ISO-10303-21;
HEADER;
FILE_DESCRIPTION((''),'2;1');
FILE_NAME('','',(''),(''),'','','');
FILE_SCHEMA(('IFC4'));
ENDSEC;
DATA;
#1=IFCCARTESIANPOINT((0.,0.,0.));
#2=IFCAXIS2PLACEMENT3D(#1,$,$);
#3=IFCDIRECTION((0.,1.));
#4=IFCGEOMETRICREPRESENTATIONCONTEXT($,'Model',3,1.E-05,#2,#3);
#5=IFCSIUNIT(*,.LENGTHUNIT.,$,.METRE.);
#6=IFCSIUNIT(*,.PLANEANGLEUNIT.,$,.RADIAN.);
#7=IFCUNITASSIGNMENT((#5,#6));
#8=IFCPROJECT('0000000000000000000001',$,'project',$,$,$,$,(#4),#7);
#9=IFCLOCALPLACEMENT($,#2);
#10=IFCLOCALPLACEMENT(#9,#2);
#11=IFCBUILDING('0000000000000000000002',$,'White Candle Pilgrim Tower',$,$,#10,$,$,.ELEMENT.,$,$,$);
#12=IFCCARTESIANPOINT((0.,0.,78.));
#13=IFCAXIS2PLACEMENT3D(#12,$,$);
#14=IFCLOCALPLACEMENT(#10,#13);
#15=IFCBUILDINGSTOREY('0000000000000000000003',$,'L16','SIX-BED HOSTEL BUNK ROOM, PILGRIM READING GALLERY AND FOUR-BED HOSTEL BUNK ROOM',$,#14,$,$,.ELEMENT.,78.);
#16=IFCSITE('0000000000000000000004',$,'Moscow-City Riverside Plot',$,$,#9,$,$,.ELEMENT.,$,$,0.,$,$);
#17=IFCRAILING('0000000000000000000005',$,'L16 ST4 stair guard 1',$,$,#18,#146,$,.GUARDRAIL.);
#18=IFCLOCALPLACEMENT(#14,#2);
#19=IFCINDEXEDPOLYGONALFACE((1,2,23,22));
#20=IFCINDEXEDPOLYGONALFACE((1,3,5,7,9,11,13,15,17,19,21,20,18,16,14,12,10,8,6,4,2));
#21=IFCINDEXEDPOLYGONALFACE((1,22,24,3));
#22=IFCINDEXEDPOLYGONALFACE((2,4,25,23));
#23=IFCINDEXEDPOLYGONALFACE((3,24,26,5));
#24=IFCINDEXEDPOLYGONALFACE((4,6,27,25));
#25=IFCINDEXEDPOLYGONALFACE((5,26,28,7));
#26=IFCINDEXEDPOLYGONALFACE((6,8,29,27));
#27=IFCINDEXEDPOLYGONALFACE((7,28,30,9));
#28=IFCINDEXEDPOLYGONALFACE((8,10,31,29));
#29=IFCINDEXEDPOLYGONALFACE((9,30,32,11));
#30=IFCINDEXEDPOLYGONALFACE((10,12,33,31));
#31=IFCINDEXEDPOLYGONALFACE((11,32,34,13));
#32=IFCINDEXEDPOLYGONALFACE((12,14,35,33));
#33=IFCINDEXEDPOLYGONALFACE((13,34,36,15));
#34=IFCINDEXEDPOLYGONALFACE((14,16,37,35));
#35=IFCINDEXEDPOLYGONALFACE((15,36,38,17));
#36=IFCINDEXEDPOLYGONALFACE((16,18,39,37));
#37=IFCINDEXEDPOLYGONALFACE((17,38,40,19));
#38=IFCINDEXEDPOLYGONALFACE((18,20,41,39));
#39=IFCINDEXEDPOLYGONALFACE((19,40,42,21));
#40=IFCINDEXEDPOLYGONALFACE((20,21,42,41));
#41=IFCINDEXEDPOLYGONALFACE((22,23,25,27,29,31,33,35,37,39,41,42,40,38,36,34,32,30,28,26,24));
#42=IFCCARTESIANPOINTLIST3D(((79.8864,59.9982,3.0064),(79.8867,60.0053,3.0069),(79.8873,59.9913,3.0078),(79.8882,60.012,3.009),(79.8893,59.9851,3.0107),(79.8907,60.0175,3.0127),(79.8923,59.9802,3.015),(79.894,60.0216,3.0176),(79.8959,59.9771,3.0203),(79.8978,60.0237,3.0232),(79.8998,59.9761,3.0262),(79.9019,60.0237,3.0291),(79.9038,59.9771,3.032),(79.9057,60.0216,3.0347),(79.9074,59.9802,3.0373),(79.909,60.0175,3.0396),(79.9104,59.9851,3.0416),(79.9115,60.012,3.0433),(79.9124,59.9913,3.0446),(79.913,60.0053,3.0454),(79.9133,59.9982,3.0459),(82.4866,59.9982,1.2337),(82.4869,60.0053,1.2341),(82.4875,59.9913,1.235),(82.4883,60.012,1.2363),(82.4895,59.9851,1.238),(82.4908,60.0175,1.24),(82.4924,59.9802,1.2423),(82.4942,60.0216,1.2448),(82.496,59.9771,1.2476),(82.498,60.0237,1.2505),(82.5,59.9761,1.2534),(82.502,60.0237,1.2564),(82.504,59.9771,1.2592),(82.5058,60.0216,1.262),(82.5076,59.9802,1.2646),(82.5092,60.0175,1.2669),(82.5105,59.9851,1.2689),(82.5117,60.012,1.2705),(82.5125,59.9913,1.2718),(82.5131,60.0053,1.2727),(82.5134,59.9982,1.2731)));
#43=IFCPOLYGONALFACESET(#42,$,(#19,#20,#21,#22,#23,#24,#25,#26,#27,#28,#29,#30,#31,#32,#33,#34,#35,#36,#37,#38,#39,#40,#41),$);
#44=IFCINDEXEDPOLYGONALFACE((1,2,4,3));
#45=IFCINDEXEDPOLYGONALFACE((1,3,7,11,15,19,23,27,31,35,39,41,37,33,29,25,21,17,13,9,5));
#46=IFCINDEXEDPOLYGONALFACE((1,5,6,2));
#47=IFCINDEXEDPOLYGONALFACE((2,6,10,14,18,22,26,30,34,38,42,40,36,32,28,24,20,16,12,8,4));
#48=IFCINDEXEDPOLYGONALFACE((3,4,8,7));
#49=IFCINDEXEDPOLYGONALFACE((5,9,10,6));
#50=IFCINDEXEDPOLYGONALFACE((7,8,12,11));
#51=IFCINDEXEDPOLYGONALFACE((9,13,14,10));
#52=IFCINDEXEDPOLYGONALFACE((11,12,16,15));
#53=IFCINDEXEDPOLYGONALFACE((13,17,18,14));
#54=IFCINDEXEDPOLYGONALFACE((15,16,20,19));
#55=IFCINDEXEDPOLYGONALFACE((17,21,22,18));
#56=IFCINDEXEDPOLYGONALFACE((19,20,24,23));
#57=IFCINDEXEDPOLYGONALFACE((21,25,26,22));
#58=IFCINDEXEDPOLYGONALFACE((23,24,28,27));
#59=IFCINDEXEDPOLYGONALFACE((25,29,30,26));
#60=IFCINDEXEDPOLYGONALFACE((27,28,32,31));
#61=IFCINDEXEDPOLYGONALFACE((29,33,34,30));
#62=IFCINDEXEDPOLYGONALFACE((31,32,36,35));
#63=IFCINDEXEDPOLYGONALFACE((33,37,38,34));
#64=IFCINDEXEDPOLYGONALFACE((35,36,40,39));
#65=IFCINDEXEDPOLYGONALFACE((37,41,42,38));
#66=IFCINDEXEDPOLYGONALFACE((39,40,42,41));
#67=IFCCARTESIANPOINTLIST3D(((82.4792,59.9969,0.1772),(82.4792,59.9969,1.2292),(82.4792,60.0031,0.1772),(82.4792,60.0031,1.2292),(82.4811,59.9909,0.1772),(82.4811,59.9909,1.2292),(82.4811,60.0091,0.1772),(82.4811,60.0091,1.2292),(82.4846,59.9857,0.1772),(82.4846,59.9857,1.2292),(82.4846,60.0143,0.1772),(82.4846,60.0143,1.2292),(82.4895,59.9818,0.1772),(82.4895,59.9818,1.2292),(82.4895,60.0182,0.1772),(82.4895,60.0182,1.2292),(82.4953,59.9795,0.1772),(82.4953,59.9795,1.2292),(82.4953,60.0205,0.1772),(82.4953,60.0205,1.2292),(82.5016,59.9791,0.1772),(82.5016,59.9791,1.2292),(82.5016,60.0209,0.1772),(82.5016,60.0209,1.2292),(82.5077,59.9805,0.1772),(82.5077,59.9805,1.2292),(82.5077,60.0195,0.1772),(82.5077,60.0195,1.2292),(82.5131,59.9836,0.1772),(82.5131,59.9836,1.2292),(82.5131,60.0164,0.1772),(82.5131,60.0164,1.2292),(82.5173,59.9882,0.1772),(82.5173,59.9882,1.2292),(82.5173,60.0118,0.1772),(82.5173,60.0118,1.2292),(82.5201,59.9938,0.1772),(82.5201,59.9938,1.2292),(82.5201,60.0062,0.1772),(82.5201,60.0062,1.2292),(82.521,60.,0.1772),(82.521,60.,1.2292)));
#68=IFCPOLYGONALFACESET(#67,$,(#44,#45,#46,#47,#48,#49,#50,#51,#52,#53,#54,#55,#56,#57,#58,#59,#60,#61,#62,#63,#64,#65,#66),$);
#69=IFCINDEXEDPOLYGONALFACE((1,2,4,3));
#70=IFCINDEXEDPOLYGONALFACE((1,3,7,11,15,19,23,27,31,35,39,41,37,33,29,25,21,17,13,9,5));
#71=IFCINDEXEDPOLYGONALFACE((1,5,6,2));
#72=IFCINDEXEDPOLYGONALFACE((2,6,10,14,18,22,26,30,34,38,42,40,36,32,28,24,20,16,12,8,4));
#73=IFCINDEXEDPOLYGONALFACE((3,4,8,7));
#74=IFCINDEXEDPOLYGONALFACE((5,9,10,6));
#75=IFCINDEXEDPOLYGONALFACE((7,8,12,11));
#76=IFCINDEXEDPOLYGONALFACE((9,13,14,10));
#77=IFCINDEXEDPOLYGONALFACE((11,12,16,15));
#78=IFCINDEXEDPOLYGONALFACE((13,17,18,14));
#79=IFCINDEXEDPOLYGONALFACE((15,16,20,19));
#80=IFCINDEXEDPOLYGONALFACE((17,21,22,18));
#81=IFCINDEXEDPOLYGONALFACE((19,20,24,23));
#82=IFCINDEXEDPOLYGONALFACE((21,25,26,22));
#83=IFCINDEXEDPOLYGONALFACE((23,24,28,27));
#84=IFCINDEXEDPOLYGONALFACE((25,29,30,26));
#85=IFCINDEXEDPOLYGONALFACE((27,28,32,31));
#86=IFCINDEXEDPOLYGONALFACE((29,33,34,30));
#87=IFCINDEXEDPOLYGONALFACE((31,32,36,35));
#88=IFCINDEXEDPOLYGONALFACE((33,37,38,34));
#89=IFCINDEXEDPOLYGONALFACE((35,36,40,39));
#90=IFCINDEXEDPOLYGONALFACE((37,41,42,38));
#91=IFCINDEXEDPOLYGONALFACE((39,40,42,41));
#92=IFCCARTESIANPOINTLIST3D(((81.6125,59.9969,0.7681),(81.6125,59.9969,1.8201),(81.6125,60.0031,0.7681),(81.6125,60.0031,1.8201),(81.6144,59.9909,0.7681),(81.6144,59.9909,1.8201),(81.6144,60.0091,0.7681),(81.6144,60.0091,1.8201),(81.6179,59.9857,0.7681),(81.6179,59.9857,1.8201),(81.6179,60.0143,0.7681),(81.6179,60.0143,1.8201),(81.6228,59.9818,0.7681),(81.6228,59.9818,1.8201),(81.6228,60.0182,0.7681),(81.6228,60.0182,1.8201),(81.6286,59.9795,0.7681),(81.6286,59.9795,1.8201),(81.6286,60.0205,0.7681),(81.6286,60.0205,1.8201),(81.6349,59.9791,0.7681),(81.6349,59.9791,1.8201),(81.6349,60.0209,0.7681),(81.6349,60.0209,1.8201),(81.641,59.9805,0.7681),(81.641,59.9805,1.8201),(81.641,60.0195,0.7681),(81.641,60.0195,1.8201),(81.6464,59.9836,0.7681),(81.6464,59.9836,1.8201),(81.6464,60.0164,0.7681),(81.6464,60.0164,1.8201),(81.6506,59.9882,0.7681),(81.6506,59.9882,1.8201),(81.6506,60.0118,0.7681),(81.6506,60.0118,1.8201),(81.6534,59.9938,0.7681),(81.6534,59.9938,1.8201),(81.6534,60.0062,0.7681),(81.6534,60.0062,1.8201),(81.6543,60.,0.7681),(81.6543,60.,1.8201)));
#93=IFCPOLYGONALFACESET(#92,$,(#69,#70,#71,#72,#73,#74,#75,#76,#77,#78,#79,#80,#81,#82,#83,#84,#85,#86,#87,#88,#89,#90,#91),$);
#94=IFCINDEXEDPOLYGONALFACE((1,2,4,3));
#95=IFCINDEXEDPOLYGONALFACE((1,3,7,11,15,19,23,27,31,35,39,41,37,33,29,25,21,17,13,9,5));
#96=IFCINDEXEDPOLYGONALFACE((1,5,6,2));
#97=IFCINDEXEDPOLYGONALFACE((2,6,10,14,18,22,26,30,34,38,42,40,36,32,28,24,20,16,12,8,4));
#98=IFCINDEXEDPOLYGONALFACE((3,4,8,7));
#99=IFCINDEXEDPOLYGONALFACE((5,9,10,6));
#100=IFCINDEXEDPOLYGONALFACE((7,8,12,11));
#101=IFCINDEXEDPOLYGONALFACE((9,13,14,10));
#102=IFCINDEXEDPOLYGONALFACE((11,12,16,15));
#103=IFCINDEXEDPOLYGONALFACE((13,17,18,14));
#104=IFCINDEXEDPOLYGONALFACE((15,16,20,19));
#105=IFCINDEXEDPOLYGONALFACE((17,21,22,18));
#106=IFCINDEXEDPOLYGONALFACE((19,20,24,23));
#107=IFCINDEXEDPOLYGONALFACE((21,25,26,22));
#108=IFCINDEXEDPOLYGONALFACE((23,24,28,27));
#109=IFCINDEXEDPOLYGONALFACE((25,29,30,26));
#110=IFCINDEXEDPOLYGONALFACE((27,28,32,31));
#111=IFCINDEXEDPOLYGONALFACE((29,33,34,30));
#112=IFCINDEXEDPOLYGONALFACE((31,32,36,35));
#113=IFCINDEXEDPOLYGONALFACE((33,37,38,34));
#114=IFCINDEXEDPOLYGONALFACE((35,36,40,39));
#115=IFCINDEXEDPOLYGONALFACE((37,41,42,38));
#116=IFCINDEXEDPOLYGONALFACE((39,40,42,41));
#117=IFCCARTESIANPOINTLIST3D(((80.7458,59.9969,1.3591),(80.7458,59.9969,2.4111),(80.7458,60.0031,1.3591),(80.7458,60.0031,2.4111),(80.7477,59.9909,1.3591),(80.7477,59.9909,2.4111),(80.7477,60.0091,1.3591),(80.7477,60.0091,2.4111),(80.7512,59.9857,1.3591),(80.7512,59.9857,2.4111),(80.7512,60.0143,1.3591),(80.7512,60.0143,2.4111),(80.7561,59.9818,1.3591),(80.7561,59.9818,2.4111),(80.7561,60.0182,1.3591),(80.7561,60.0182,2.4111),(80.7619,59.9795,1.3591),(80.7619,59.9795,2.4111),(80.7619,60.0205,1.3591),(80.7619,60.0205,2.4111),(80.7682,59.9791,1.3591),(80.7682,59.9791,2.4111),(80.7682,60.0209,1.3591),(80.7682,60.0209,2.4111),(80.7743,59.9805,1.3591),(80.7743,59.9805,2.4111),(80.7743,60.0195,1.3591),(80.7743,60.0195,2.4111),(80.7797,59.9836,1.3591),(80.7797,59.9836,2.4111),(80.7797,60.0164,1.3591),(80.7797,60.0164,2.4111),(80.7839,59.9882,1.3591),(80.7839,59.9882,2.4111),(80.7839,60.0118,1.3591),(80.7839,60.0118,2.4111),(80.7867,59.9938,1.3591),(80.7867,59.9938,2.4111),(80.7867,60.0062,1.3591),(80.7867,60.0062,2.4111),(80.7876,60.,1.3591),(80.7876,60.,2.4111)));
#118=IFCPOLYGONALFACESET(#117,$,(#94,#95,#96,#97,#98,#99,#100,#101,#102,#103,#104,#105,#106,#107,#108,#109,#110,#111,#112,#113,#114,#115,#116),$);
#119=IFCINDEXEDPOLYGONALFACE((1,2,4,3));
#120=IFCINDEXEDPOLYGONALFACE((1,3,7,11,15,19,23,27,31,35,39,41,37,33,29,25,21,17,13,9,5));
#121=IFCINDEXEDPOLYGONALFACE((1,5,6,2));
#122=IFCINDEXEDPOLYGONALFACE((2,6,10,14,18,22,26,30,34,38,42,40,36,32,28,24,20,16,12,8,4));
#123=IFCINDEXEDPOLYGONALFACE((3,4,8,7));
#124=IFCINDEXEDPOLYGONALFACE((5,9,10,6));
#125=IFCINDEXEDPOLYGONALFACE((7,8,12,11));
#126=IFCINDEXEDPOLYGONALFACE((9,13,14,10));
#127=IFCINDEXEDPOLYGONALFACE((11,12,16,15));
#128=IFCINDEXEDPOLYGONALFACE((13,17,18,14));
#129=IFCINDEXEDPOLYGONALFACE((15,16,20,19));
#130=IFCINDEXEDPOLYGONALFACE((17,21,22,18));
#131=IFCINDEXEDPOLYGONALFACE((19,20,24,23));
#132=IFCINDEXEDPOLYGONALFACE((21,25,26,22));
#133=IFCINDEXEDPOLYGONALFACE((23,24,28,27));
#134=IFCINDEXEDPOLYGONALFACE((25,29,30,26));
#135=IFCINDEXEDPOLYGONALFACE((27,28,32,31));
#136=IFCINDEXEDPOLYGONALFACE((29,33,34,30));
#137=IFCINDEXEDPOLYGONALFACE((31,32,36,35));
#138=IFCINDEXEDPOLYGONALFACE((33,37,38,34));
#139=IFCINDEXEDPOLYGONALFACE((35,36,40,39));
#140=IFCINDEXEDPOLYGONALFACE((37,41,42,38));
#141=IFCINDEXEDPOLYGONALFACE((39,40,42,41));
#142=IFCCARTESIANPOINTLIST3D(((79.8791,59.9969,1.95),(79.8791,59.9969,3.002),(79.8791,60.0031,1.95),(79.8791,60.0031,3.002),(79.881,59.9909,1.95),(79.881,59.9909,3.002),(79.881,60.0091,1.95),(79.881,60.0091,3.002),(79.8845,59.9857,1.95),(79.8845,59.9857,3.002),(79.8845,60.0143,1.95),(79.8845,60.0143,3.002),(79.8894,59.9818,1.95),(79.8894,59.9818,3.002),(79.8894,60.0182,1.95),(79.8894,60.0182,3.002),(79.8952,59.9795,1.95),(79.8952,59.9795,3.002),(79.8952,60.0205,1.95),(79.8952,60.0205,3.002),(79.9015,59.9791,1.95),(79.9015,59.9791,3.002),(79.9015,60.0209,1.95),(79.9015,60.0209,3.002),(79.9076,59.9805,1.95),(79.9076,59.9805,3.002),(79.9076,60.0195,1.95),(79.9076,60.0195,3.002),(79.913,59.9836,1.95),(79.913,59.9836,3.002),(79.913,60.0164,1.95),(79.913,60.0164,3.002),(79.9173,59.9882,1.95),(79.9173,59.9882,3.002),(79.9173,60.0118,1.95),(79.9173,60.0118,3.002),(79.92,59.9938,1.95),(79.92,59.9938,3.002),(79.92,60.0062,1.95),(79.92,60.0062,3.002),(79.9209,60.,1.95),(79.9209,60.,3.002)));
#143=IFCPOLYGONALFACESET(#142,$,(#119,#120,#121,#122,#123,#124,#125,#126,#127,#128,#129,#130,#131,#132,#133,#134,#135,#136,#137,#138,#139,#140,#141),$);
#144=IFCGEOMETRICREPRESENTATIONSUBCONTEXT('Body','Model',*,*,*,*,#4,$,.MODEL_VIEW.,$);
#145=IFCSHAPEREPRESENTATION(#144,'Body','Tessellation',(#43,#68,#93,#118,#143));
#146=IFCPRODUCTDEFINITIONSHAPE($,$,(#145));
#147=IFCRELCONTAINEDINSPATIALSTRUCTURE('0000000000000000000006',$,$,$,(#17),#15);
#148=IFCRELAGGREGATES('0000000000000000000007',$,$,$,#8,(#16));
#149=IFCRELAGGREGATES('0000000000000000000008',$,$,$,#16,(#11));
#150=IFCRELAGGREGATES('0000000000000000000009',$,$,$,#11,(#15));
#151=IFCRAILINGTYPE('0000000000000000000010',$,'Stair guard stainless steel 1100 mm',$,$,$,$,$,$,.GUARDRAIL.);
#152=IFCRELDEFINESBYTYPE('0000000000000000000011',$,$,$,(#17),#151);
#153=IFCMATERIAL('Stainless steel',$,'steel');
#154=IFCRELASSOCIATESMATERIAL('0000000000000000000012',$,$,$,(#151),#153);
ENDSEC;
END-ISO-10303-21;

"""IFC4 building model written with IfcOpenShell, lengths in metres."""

from ifc_helpers import new_model, si_unit, direction, frame, origin, origin_2d, place, context, subcontext, project, spatial, circle, extrude, material, type_object, element, save


model = new_model("IFC4")

# Units and contexts
model_context = context("Model", 3, precision=1e-05, world=origin(), true_north=direction((0.0, 1.0)))
body_context = subcontext(model_context, "Body", "Model", "MODEL_VIEW")
ifc_project = project(units=[si_unit("LENGTHUNIT", "METRE"), si_unit("PLANEANGLEUNIT", "RADIAN")], contexts=[model_context])

# Site, building, storey
site_placement = place(None, origin())
site = spatial("IfcSite", under=ifc_project, at=site_placement, Name="Moscow-City Riverside Plot", CompositionType="ELEMENT", RefElevation=0.0)
building_placement = place(site_placement, origin())
building = spatial("IfcBuilding", under=site, at=building_placement, Name="White Candle Pilgrim Tower", CompositionType="ELEMENT")
storey_placement = place(building_placement, frame((0.0, 0.0, 78.0)))
storey = spatial("IfcBuildingStorey", under=building, at=storey_placement, Name="L16", Description="SIX-BED HOSTEL BUNK ROOM, PILGRIM READING GALLERY AND FOUR-BED HOSTEL BUNK ROOM", CompositionType="ELEMENT", Elevation=78.0)

# Railing
ifc_material_1 = material(Name="Stainless steel", Category="steel")
railing_type_1 = type_object("IfcRailingType", Name="Stair guard stainless steel 1100 mm", PredefinedType="GUARDRAIL", material=ifc_material_1)
railing_1_placement = place(storey_placement, frame((82.5, 60.0, 0.1772)))
element("IfcRailing", 1, at=railing_1_placement, inside=storey, type_object=railing_type_1, Name="L16 ST4 stair guard 1", PredefinedType="GUARDRAIL", context=body_context, shape_type="SweptSolid", body=[
    extrude(circle(Radius=0.0239, at=origin_2d()), frame((0.0, 0.0, 1.0762), z_axis=(-0.82624, 0.0, 0.563318), x_axis=(0.0, -1.0, 0.0)), (0.0, 0.0, 1.0), 3.147),
    extrude(circle(Radius=0.021, at=origin_2d()), origin(), (0.0, 0.0, 1.0), 1.052),
    extrude(circle(Radius=0.021, at=origin_2d()), frame((-0.8667, 0.0, 0.5908)), (0.0, 0.0, 1.0), 1.052),
    extrude(circle(Radius=0.021, at=origin_2d()), frame((-1.7334, 0.0, 1.1819)), (0.0, 0.0, 1.0), 1.052),
    extrude(circle(Radius=0.021, at=origin_2d()), frame((-2.6001, 0.0, 1.7727)), (0.0, 0.0, 1.0), 1.052),
])

save(model, "model.ifc")
